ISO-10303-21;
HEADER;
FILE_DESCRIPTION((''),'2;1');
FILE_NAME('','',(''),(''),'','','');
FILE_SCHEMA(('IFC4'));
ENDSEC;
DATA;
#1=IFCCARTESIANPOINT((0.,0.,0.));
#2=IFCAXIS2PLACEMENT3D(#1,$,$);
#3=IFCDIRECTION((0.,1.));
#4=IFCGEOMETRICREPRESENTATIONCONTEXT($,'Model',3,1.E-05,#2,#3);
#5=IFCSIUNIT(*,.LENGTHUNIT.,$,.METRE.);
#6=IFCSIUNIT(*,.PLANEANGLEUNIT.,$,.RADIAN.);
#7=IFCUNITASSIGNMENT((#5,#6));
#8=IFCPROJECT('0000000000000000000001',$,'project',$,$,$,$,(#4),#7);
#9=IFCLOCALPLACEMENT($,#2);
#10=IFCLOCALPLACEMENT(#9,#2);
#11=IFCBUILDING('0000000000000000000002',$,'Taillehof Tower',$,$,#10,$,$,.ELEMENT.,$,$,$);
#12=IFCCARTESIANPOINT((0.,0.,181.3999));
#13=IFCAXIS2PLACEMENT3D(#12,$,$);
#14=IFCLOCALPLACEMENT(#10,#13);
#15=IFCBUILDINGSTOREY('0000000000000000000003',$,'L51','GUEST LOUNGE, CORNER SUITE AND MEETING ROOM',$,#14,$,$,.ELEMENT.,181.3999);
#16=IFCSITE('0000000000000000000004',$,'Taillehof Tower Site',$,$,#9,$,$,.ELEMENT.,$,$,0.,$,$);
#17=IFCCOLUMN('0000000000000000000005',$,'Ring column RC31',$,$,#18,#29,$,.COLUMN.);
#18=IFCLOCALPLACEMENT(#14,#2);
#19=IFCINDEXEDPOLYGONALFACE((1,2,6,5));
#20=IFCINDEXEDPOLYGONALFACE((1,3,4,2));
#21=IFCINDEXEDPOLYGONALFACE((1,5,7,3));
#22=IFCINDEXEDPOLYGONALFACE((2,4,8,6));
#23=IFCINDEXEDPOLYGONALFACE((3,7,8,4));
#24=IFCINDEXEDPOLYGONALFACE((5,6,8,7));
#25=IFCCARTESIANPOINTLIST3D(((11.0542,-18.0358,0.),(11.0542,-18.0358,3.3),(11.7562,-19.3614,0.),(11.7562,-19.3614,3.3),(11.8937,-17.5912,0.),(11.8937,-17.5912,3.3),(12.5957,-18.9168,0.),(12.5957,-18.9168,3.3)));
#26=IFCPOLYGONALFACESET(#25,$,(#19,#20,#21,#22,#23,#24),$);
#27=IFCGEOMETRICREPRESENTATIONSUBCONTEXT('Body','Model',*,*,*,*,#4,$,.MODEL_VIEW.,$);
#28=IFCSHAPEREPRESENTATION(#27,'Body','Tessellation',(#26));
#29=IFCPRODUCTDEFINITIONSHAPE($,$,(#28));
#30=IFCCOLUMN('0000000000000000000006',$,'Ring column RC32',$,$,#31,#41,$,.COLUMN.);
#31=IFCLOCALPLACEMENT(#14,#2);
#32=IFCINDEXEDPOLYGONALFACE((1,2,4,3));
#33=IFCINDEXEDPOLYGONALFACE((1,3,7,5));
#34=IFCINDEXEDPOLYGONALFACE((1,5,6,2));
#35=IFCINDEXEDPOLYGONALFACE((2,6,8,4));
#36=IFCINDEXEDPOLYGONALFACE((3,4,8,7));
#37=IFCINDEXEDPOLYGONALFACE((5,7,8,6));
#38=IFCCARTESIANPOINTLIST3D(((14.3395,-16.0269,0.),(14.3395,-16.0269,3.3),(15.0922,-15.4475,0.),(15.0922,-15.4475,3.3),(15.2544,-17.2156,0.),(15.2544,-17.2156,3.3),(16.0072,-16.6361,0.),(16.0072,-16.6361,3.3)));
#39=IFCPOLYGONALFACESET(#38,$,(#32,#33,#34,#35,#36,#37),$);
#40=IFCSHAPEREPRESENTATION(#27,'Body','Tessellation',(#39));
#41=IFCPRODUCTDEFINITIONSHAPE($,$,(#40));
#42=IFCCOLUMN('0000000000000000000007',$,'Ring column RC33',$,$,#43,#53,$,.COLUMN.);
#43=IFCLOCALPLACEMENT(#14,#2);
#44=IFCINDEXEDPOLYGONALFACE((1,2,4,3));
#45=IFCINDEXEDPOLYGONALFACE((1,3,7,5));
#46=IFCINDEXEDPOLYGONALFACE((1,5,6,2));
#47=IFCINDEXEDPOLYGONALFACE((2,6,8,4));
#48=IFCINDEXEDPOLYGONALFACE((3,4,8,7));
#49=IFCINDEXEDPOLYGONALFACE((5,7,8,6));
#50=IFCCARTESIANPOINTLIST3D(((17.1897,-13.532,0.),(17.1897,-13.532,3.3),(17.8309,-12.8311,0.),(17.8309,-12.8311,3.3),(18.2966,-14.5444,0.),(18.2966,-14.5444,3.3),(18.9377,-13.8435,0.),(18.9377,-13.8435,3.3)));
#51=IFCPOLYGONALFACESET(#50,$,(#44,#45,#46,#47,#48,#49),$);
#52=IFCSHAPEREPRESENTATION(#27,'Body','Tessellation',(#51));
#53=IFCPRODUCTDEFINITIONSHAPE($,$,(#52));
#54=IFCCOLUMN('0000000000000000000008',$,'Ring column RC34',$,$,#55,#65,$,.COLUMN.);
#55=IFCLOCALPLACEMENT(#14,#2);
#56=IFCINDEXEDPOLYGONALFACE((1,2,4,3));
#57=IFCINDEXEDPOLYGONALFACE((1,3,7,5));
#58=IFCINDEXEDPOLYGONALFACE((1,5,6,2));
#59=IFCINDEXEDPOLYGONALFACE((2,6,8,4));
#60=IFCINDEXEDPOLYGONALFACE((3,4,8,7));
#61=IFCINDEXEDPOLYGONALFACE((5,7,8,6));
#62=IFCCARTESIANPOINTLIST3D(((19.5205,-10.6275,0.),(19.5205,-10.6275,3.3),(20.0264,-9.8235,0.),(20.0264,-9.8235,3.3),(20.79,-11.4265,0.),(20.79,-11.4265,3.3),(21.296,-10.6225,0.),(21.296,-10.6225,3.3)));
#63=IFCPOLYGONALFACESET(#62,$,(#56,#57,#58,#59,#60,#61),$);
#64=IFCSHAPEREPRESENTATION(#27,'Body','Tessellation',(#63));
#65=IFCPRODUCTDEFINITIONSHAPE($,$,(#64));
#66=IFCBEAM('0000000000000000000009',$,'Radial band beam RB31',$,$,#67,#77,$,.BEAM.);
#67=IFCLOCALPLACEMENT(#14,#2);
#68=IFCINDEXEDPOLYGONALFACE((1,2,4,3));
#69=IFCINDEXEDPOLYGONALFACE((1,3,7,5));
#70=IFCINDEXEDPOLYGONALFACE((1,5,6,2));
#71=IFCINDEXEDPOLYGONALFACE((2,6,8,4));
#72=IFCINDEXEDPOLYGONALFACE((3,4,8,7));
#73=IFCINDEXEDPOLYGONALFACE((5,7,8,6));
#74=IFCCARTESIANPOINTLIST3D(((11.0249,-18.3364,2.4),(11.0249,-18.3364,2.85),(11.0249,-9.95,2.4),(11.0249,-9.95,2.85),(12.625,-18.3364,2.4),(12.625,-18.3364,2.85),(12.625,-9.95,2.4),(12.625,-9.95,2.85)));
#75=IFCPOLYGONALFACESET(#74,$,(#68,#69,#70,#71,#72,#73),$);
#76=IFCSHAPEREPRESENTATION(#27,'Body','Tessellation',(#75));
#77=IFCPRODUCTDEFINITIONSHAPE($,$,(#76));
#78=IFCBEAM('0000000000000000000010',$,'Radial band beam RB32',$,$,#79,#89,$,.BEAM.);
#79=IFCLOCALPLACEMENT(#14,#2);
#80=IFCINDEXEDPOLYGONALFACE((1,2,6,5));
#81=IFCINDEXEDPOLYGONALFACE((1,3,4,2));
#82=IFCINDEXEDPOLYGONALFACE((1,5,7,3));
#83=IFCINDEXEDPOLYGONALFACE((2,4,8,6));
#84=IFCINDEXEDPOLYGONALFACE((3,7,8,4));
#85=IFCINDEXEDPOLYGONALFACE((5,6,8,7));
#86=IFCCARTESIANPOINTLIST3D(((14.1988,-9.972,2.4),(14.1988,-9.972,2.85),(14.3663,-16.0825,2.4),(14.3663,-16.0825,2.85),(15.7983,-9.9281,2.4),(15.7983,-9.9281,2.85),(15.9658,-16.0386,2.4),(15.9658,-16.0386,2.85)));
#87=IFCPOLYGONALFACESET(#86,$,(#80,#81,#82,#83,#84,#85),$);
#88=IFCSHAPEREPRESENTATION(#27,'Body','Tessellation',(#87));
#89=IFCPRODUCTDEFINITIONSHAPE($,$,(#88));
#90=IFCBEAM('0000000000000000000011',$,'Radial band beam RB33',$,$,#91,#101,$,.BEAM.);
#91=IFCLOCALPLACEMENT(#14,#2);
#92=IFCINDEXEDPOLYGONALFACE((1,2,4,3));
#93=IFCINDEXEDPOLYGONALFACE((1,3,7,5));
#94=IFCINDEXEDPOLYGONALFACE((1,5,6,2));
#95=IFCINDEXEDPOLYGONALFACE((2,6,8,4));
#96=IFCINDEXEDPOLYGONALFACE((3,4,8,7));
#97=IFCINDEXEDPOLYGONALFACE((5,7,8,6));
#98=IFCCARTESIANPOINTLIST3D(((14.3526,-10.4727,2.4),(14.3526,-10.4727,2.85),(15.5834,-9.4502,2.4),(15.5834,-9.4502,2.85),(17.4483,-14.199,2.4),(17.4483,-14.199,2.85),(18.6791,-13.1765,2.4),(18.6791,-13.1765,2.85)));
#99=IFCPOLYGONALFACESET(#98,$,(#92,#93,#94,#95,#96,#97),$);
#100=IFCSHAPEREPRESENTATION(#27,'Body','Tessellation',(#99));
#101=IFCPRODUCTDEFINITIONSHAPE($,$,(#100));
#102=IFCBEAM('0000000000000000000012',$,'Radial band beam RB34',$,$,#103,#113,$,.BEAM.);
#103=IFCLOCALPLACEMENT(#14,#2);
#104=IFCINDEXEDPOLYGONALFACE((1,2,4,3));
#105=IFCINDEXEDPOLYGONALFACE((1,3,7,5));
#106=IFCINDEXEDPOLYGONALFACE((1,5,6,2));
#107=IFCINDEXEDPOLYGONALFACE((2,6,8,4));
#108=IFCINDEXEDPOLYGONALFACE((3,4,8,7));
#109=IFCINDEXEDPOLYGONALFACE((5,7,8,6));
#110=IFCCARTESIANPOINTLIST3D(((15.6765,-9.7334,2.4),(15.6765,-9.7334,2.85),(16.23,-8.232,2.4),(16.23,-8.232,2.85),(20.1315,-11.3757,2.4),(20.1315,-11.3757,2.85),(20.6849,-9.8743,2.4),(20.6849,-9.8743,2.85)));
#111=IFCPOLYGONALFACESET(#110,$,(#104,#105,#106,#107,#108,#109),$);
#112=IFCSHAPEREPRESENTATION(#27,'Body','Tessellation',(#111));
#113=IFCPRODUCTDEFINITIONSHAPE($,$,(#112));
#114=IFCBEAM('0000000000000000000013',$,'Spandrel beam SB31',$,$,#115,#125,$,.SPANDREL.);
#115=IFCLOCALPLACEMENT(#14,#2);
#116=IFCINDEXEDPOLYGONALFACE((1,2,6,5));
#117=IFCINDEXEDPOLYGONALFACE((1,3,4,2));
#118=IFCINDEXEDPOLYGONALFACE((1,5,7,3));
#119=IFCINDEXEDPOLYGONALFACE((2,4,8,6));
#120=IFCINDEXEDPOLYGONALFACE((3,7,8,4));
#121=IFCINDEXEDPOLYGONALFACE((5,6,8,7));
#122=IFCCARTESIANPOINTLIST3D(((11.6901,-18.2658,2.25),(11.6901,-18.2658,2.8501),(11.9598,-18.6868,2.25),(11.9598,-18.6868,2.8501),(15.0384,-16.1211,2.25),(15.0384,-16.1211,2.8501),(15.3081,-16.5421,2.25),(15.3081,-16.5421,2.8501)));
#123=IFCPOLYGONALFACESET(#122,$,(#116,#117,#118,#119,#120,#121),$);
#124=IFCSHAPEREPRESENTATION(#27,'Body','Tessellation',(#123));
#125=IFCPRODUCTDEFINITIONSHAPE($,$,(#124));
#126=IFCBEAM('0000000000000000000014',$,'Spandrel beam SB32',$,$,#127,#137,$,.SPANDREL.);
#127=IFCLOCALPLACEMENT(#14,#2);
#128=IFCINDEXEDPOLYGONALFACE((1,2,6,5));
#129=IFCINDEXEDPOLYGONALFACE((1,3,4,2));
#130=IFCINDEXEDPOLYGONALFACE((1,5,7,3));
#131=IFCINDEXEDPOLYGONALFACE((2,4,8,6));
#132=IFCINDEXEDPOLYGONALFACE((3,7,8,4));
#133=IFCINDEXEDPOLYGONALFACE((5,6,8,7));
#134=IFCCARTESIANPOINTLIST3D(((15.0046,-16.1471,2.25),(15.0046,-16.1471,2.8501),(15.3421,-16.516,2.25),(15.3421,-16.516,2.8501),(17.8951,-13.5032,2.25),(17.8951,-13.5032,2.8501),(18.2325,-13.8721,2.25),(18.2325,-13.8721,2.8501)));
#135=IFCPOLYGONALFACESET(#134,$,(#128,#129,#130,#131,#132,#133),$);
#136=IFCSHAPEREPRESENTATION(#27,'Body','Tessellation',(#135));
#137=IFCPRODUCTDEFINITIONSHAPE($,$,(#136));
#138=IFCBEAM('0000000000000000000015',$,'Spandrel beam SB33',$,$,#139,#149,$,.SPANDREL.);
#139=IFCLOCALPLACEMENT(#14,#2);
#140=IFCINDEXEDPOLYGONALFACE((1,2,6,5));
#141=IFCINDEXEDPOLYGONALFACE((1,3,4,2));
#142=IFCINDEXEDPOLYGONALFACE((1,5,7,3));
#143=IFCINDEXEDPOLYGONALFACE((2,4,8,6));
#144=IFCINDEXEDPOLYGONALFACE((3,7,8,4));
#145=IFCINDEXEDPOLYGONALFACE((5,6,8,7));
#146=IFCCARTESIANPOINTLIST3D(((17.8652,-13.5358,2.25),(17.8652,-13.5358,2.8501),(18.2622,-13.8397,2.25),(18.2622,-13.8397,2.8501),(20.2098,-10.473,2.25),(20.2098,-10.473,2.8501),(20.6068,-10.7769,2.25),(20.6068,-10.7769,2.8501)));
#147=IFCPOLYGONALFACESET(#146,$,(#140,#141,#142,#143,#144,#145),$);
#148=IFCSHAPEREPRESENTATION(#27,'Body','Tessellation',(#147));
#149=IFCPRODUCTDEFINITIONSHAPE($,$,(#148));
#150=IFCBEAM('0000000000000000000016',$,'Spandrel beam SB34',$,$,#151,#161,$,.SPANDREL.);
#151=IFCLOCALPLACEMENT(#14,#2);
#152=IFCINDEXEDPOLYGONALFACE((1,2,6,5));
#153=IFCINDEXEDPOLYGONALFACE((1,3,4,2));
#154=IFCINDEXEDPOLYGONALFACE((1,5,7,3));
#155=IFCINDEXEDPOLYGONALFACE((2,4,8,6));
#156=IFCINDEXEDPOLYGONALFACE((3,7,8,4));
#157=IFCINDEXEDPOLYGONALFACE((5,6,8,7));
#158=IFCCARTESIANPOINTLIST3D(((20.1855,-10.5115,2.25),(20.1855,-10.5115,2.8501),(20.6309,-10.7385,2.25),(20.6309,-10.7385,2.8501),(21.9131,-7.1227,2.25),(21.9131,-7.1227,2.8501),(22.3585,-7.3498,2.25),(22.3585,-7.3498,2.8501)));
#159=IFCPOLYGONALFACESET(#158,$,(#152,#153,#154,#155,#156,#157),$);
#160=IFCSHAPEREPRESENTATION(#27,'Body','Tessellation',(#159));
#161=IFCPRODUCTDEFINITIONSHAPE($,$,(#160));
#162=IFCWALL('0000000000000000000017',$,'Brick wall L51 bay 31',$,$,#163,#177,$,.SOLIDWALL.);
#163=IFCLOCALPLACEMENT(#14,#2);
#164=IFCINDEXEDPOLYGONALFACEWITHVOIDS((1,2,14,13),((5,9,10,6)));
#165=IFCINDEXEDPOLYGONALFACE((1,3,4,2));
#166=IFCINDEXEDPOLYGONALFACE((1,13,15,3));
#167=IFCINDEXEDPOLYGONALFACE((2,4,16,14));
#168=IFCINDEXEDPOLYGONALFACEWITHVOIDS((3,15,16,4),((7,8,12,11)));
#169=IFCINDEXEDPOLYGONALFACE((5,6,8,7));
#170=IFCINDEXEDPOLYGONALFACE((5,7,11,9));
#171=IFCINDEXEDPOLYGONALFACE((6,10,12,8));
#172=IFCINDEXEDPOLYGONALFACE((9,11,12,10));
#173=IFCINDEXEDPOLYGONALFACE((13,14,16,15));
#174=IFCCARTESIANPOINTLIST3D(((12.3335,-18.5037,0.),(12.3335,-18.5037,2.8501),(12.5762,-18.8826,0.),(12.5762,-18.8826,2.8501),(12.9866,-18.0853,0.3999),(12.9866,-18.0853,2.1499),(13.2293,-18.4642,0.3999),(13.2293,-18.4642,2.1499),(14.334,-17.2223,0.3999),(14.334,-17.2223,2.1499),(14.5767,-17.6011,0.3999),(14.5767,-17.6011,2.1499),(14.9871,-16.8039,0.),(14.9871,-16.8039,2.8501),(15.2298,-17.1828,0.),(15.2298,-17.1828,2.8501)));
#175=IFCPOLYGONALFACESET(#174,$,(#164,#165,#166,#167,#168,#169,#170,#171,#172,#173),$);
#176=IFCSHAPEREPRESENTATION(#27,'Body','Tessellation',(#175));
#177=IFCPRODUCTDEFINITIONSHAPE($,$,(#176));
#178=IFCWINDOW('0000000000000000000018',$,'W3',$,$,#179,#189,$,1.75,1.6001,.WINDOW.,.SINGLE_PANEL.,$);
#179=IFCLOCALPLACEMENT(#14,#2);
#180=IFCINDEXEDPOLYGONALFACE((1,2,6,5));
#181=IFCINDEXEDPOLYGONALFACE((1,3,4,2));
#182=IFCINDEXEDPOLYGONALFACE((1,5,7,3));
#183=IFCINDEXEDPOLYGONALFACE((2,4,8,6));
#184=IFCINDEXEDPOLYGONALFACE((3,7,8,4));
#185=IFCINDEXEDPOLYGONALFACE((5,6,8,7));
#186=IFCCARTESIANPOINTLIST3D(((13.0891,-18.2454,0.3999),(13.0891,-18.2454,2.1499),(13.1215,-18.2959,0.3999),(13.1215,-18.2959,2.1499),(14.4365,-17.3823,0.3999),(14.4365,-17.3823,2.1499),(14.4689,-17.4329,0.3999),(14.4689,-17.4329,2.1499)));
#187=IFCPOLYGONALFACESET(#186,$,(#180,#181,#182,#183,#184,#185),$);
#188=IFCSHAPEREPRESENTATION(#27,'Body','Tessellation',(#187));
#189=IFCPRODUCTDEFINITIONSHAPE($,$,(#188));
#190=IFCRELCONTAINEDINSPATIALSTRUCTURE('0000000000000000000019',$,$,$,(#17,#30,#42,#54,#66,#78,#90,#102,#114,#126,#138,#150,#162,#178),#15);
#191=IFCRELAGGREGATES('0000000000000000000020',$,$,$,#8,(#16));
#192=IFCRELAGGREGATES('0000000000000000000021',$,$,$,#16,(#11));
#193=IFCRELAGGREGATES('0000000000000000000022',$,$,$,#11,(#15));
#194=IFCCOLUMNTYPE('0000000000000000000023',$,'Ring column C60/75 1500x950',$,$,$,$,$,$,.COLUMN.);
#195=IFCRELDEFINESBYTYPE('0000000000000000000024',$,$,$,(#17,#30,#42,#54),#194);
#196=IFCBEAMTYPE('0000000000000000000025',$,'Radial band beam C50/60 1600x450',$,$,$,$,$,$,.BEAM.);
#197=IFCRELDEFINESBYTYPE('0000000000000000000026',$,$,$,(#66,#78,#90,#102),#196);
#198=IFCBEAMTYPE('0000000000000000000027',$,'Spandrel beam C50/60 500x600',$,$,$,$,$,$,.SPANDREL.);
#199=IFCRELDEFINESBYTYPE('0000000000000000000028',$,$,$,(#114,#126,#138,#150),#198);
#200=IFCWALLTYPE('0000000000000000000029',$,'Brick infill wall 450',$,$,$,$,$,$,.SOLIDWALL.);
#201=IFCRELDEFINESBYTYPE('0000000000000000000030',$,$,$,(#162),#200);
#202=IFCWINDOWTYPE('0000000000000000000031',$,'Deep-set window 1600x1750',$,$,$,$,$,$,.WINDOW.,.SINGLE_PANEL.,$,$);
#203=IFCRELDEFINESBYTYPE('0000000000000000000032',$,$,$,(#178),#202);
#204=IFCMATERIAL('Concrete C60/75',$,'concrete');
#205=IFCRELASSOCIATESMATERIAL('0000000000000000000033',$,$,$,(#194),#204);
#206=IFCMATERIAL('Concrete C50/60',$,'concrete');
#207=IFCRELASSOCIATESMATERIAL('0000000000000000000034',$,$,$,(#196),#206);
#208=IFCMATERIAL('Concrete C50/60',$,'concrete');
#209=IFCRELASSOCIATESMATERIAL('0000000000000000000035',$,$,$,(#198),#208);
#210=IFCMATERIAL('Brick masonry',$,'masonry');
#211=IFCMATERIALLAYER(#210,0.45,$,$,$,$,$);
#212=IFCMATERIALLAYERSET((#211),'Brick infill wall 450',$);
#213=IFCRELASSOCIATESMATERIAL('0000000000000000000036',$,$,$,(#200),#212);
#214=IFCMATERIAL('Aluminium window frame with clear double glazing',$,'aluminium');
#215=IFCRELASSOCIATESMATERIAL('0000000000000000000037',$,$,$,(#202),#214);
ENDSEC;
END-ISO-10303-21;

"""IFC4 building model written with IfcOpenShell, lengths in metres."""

from ifc_helpers import new_model, si_unit, direction, frame, frame_2d, origin, origin_2d, place, context, subcontext, project, spatial, rectangle, extrude, material, layer, layer_set, material_profile, profile_set, type_object, element, fill, save


model = new_model("IFC4")

# Units and contexts
model_context = context("Model", 3, precision=1e-05, world=origin(), true_north=direction((0.0, 1.0)))
body_context = subcontext(model_context, "Body", "Model", "MODEL_VIEW")
ifc_project = project(units=[si_unit("LENGTHUNIT", "METRE"), si_unit("PLANEANGLEUNIT", "RADIAN")], contexts=[model_context])

# Site, building, storey
site_placement = place(None, origin())
site = spatial("IfcSite", under=ifc_project, at=site_placement, Name="Taillehof Tower Site", CompositionType="ELEMENT", RefElevation=0.0)
building_placement = place(site_placement, origin())
building = spatial("IfcBuilding", under=site, at=building_placement, Name="Taillehof Tower", CompositionType="ELEMENT")
storey_placement = place(building_placement, frame((0.0, 0.0, 181.3999)))
storey = spatial("IfcBuildingStorey", under=building, at=storey_placement, Name="L51", Description="GUEST LOUNGE, CORNER SUITE AND MEETING ROOM", CompositionType="ELEMENT", Elevation=181.3999)

# Columns
ifc_material_1 = material(Name="Concrete C60/75", Category="concrete")
ifc_material_profile_1 = material_profile(ifc_material_1, rectangle(XDim=1.5, YDim=0.95, at=origin_2d()), Name="RC 1500x950")
ifc_profile_set_1 = profile_set([ifc_material_profile_1], Name="Concrete C60/75")
column_type = type_object("IfcColumnType", Name="Ring column C60/75 1500x950", PredefinedType="COLUMN", material=ifc_profile_set_1)
for number, where, z_axis, x_axis, name in (
    (1, (11.825, -18.4763, 0.0), (0.0, 0.0, 1.0), (0.468042, -0.883706, 0.0), "Ring column RC31"),
    (2, (15.1733, -16.3315, 0.0), (0.0, 0.0, 1.0), (0.609971, -0.792424, 0.0), "Ring column RC32"),
    (3, (18.0637, -13.6877, 0.0), (0.0, 0.0, 1.0), (0.737879, -0.674933, 0.0), "Ring column RC33"),
    (4, (20.4082, -10.625, 0.0), (0.0, 0.0, 1.0), (0.846334, -0.532652, 0.0), "Ring column RC34"),
):
    element("IfcColumn", number, at=place(storey_placement, frame(where, z_axis=z_axis, x_axis=x_axis)), inside=storey, type_object=column_type, Name=name, PredefinedType="COLUMN", context=body_context, shape_type="SweptSolid", body=[
        extrude(rectangle(XDim=1.5, YDim=0.95, at=origin_2d()), origin(), (0.0, 0.0, 1.0), 3.3),
    ])

# Beams
ifc_material_2 = material(Name="Concrete C50/60", Category="concrete")
ifc_material_profile_2 = material_profile(ifc_material_2, rectangle(XDim=1.6001, YDim=0.45, at=origin_2d()), Name="RC 1600x450")
ifc_profile_set_2 = profile_set([ifc_material_profile_2], Name="Concrete C50/60")
beam_type_1 = type_object("IfcBeamType", Name="Radial band beam C50/60 1600x450", PredefinedType="BEAM", material=ifc_profile_set_2)
beam_1_placement = place(storey_placement, frame((11.825, -18.3364, 2.625), z_axis=(0.0, 1.0, 0.0), x_axis=(-1.0, 0.0, 0.0)))
element("IfcBeam", 5, at=beam_1_placement, inside=storey, type_object=beam_type_1, Name="Radial band beam RB31", PredefinedType="BEAM", context=body_context, shape_type="SweptSolid", body=[
    extrude(rectangle(XDim=1.6001, YDim=0.45, at=origin_2d()), origin(), (0.0, 0.0, 1.0), 8.3865),
])
beam_2_placement = place(storey_placement, frame((15.166, -16.0605, 2.625), z_axis=(-0.027398, 0.999625, 0.0), x_axis=(-0.999625, -0.027398, 0.0)))
element("IfcBeam", 6, at=beam_2_placement, inside=storey, type_object=beam_type_1, Name="Radial band beam RB32", PredefinedType="BEAM", context=body_context, shape_type="SweptSolid", body=[
    extrude(rectangle(XDim=1.6001, YDim=0.45, at=origin_2d()), origin(), (0.0, 0.0, 1.0), 6.1128),
])
beam_3_placement = place(storey_placement, frame((18.0637, -13.6877, 2.625), z_axis=(-0.639019, 0.769191, 0.0), x_axis=(-0.769191, -0.639019, 0.0)))
element("IfcBeam", 7, at=beam_3_placement, inside=storey, type_object=beam_type_1, Name="Radial band beam RB33", PredefinedType="BEAM", context=body_context, shape_type="SweptSolid", body=[
    extrude(rectangle(XDim=1.6001, YDim=0.45, at=origin_2d()), origin(), (0.0, 0.0, 1.0), 4.8445),
])
beam_4_placement = place(storey_placement, frame((20.4082, -10.625, 2.625), z_axis=(-0.938276, 0.345889, 0.0), x_axis=(-0.345889, -0.938276, 0.0)))
element("IfcBeam", 8, at=beam_4_placement, inside=storey, type_object=beam_type_1, Name="Radial band beam RB34", PredefinedType="BEAM", context=body_context, shape_type="SweptSolid", body=[
    extrude(rectangle(XDim=1.6001, YDim=0.45, at=origin_2d()), origin(), (0.0, 0.0, 1.0), 4.748),
])
ifc_material_3 = material(Name="Concrete C50/60", Category="concrete")
ifc_material_profile_3 = material_profile(ifc_material_3, rectangle(XDim=0.5, YDim=0.6001, at=origin_2d()), Name="RC 500x600")
ifc_profile_set_3 = profile_set([ifc_material_profile_3], Name="Concrete C50/60")
beam_type_2 = type_object("IfcBeamType", Name="Spandrel beam C50/60 500x600", PredefinedType="SPANDREL", material=ifc_profile_set_3)
beam_5_placement = place(storey_placement, frame((11.825, -18.4763, 2.55), z_axis=(0.842065, 0.539376, 0.0), x_axis=(-0.539376, 0.842065, 0.0)))
element("IfcBeam", 9, at=beam_5_placement, inside=storey, type_object=beam_type_2, Name="Spandrel beam SB31", PredefinedType="SPANDREL", context=body_context, shape_type="SweptSolid", body=[
    extrude(rectangle(XDim=0.5, YDim=0.6001, at=origin_2d()), origin(), (0.0, 0.0, 1.0), 3.9763),
])
beam_6_placement = place(storey_placement, frame((15.1733, -16.3315, 2.55), z_axis=(0.737881, 0.674931, 0.0), x_axis=(-0.674931, 0.737881, 0.0)))
element("IfcBeam", 10, at=beam_6_placement, inside=storey, type_object=beam_type_2, Name="Spandrel beam SB32", PredefinedType="SPANDREL", context=body_context, shape_type="SweptSolid", body=[
    extrude(rectangle(XDim=0.5, YDim=0.6001, at=origin_2d()), origin(), (0.0, 0.0, 1.0), 3.9172),
])
beam_7_placement = place(storey_placement, frame((18.0637, -13.6877, 2.55), z_axis=(0.60784, 0.794059, 0.0), x_axis=(-0.794059, 0.60784, 0.0)))
element("IfcBeam", 11, at=beam_7_placement, inside=storey, type_object=beam_type_2, Name="Spandrel beam SB33", PredefinedType="SPANDREL", context=body_context, shape_type="SweptSolid", body=[
    extrude(rectangle(XDim=0.5, YDim=0.6001, at=origin_2d()), origin(), (0.0, 0.0, 1.0), 3.8572),
])
beam_8_placement = place(storey_placement, frame((20.4082, -10.625, 2.55), z_axis=(0.454183, 0.890908, 0.0), x_axis=(-0.890908, 0.454183, 0.0)))
element("IfcBeam", 12, at=beam_8_placement, inside=storey, type_object=beam_type_2, Name="Spandrel beam SB34", PredefinedType="SPANDREL", context=body_context, shape_type="SweptSolid", body=[
    extrude(rectangle(XDim=0.5, YDim=0.6001, at=origin_2d()), origin(), (0.0, 0.0, 1.0), 3.8037),
])

# Wall, opening, window
ifc_material_4 = material(Name="Brick masonry", Category="masonry")
ifc_layer_1 = layer(ifc_material_4, 0.45)
ifc_layer_set_1 = layer_set([ifc_layer_1], Name="Brick infill wall 450")
wall_type_1 = type_object("IfcWallType", Name="Brick infill wall 450", PredefinedType="SOLIDWALL", material=ifc_layer_set_1)
wall_1_placement = place(storey_placement, frame((12.4548, -18.6931, 0.0), z_axis=(0.0, 0.0, 1.0), x_axis=(0.842066, 0.539375, 0.0)))
wall_1 = element("IfcWall", 13, at=wall_1_placement, inside=storey, type_object=wall_type_1, Name="Brick wall L51 bay 31", PredefinedType="SOLIDWALL", context=body_context, shape_type="SweptSolid", body=[
    extrude(rectangle(XDim=3.1514, YDim=0.45, at=frame_2d((1.5757, 0.0))), origin(), (0.0, 0.0, 1.0), 2.8501),
])
opening_1_placement = place(wall_1_placement, frame((0.7756, 0.0, 0.3999)))
opening_1 = element("IfcOpeningElement", 14, at=opening_1_placement, cuts=wall_1, PredefinedType="OPENING", context=body_context, shape_type="SweptSolid", body=[
    extrude(rectangle(XDim=1.6001, YDim=1.75, at=frame_2d((0.8, 0.875))), frame((0.0, 0.2349, 0.0), z_axis=(0.0, -1.0, 0.0), x_axis=(1.0, 0.0, 0.0)), (0.0, 0.0, 1.0), 0.47),
])
ifc_material_5 = material(Name="Aluminium window frame with clear double glazing", Category="aluminium")
window_type_1 = type_object("IfcWindowType", Name="Deep-set window 1600x1750", PartitioningType="SINGLE_PANEL", PredefinedType="WINDOW", material=ifc_material_5)
window_1_placement = place(opening_1_placement, origin())
window_1 = element("IfcWindow", 15, at=window_1_placement, inside=storey, type_object=window_type_1, Name="W3", OverallHeight=1.75, OverallWidth=1.6001, PartitioningType="SINGLE_PANEL", PredefinedType="WINDOW", context=body_context, shape_type="SweptSolid", body=[
    extrude(rectangle(XDim=1.6001, YDim=1.75, at=frame_2d((0.8, 0.875))), frame((0.0, 0.0349, 0.0), z_axis=(0.0, -1.0, 0.0), x_axis=(1.0, 0.0, 0.0)), (0.0, 0.0, 1.0), 0.0601),
])
fill(opening_1, window_1)

save(model, "model.ifc")
